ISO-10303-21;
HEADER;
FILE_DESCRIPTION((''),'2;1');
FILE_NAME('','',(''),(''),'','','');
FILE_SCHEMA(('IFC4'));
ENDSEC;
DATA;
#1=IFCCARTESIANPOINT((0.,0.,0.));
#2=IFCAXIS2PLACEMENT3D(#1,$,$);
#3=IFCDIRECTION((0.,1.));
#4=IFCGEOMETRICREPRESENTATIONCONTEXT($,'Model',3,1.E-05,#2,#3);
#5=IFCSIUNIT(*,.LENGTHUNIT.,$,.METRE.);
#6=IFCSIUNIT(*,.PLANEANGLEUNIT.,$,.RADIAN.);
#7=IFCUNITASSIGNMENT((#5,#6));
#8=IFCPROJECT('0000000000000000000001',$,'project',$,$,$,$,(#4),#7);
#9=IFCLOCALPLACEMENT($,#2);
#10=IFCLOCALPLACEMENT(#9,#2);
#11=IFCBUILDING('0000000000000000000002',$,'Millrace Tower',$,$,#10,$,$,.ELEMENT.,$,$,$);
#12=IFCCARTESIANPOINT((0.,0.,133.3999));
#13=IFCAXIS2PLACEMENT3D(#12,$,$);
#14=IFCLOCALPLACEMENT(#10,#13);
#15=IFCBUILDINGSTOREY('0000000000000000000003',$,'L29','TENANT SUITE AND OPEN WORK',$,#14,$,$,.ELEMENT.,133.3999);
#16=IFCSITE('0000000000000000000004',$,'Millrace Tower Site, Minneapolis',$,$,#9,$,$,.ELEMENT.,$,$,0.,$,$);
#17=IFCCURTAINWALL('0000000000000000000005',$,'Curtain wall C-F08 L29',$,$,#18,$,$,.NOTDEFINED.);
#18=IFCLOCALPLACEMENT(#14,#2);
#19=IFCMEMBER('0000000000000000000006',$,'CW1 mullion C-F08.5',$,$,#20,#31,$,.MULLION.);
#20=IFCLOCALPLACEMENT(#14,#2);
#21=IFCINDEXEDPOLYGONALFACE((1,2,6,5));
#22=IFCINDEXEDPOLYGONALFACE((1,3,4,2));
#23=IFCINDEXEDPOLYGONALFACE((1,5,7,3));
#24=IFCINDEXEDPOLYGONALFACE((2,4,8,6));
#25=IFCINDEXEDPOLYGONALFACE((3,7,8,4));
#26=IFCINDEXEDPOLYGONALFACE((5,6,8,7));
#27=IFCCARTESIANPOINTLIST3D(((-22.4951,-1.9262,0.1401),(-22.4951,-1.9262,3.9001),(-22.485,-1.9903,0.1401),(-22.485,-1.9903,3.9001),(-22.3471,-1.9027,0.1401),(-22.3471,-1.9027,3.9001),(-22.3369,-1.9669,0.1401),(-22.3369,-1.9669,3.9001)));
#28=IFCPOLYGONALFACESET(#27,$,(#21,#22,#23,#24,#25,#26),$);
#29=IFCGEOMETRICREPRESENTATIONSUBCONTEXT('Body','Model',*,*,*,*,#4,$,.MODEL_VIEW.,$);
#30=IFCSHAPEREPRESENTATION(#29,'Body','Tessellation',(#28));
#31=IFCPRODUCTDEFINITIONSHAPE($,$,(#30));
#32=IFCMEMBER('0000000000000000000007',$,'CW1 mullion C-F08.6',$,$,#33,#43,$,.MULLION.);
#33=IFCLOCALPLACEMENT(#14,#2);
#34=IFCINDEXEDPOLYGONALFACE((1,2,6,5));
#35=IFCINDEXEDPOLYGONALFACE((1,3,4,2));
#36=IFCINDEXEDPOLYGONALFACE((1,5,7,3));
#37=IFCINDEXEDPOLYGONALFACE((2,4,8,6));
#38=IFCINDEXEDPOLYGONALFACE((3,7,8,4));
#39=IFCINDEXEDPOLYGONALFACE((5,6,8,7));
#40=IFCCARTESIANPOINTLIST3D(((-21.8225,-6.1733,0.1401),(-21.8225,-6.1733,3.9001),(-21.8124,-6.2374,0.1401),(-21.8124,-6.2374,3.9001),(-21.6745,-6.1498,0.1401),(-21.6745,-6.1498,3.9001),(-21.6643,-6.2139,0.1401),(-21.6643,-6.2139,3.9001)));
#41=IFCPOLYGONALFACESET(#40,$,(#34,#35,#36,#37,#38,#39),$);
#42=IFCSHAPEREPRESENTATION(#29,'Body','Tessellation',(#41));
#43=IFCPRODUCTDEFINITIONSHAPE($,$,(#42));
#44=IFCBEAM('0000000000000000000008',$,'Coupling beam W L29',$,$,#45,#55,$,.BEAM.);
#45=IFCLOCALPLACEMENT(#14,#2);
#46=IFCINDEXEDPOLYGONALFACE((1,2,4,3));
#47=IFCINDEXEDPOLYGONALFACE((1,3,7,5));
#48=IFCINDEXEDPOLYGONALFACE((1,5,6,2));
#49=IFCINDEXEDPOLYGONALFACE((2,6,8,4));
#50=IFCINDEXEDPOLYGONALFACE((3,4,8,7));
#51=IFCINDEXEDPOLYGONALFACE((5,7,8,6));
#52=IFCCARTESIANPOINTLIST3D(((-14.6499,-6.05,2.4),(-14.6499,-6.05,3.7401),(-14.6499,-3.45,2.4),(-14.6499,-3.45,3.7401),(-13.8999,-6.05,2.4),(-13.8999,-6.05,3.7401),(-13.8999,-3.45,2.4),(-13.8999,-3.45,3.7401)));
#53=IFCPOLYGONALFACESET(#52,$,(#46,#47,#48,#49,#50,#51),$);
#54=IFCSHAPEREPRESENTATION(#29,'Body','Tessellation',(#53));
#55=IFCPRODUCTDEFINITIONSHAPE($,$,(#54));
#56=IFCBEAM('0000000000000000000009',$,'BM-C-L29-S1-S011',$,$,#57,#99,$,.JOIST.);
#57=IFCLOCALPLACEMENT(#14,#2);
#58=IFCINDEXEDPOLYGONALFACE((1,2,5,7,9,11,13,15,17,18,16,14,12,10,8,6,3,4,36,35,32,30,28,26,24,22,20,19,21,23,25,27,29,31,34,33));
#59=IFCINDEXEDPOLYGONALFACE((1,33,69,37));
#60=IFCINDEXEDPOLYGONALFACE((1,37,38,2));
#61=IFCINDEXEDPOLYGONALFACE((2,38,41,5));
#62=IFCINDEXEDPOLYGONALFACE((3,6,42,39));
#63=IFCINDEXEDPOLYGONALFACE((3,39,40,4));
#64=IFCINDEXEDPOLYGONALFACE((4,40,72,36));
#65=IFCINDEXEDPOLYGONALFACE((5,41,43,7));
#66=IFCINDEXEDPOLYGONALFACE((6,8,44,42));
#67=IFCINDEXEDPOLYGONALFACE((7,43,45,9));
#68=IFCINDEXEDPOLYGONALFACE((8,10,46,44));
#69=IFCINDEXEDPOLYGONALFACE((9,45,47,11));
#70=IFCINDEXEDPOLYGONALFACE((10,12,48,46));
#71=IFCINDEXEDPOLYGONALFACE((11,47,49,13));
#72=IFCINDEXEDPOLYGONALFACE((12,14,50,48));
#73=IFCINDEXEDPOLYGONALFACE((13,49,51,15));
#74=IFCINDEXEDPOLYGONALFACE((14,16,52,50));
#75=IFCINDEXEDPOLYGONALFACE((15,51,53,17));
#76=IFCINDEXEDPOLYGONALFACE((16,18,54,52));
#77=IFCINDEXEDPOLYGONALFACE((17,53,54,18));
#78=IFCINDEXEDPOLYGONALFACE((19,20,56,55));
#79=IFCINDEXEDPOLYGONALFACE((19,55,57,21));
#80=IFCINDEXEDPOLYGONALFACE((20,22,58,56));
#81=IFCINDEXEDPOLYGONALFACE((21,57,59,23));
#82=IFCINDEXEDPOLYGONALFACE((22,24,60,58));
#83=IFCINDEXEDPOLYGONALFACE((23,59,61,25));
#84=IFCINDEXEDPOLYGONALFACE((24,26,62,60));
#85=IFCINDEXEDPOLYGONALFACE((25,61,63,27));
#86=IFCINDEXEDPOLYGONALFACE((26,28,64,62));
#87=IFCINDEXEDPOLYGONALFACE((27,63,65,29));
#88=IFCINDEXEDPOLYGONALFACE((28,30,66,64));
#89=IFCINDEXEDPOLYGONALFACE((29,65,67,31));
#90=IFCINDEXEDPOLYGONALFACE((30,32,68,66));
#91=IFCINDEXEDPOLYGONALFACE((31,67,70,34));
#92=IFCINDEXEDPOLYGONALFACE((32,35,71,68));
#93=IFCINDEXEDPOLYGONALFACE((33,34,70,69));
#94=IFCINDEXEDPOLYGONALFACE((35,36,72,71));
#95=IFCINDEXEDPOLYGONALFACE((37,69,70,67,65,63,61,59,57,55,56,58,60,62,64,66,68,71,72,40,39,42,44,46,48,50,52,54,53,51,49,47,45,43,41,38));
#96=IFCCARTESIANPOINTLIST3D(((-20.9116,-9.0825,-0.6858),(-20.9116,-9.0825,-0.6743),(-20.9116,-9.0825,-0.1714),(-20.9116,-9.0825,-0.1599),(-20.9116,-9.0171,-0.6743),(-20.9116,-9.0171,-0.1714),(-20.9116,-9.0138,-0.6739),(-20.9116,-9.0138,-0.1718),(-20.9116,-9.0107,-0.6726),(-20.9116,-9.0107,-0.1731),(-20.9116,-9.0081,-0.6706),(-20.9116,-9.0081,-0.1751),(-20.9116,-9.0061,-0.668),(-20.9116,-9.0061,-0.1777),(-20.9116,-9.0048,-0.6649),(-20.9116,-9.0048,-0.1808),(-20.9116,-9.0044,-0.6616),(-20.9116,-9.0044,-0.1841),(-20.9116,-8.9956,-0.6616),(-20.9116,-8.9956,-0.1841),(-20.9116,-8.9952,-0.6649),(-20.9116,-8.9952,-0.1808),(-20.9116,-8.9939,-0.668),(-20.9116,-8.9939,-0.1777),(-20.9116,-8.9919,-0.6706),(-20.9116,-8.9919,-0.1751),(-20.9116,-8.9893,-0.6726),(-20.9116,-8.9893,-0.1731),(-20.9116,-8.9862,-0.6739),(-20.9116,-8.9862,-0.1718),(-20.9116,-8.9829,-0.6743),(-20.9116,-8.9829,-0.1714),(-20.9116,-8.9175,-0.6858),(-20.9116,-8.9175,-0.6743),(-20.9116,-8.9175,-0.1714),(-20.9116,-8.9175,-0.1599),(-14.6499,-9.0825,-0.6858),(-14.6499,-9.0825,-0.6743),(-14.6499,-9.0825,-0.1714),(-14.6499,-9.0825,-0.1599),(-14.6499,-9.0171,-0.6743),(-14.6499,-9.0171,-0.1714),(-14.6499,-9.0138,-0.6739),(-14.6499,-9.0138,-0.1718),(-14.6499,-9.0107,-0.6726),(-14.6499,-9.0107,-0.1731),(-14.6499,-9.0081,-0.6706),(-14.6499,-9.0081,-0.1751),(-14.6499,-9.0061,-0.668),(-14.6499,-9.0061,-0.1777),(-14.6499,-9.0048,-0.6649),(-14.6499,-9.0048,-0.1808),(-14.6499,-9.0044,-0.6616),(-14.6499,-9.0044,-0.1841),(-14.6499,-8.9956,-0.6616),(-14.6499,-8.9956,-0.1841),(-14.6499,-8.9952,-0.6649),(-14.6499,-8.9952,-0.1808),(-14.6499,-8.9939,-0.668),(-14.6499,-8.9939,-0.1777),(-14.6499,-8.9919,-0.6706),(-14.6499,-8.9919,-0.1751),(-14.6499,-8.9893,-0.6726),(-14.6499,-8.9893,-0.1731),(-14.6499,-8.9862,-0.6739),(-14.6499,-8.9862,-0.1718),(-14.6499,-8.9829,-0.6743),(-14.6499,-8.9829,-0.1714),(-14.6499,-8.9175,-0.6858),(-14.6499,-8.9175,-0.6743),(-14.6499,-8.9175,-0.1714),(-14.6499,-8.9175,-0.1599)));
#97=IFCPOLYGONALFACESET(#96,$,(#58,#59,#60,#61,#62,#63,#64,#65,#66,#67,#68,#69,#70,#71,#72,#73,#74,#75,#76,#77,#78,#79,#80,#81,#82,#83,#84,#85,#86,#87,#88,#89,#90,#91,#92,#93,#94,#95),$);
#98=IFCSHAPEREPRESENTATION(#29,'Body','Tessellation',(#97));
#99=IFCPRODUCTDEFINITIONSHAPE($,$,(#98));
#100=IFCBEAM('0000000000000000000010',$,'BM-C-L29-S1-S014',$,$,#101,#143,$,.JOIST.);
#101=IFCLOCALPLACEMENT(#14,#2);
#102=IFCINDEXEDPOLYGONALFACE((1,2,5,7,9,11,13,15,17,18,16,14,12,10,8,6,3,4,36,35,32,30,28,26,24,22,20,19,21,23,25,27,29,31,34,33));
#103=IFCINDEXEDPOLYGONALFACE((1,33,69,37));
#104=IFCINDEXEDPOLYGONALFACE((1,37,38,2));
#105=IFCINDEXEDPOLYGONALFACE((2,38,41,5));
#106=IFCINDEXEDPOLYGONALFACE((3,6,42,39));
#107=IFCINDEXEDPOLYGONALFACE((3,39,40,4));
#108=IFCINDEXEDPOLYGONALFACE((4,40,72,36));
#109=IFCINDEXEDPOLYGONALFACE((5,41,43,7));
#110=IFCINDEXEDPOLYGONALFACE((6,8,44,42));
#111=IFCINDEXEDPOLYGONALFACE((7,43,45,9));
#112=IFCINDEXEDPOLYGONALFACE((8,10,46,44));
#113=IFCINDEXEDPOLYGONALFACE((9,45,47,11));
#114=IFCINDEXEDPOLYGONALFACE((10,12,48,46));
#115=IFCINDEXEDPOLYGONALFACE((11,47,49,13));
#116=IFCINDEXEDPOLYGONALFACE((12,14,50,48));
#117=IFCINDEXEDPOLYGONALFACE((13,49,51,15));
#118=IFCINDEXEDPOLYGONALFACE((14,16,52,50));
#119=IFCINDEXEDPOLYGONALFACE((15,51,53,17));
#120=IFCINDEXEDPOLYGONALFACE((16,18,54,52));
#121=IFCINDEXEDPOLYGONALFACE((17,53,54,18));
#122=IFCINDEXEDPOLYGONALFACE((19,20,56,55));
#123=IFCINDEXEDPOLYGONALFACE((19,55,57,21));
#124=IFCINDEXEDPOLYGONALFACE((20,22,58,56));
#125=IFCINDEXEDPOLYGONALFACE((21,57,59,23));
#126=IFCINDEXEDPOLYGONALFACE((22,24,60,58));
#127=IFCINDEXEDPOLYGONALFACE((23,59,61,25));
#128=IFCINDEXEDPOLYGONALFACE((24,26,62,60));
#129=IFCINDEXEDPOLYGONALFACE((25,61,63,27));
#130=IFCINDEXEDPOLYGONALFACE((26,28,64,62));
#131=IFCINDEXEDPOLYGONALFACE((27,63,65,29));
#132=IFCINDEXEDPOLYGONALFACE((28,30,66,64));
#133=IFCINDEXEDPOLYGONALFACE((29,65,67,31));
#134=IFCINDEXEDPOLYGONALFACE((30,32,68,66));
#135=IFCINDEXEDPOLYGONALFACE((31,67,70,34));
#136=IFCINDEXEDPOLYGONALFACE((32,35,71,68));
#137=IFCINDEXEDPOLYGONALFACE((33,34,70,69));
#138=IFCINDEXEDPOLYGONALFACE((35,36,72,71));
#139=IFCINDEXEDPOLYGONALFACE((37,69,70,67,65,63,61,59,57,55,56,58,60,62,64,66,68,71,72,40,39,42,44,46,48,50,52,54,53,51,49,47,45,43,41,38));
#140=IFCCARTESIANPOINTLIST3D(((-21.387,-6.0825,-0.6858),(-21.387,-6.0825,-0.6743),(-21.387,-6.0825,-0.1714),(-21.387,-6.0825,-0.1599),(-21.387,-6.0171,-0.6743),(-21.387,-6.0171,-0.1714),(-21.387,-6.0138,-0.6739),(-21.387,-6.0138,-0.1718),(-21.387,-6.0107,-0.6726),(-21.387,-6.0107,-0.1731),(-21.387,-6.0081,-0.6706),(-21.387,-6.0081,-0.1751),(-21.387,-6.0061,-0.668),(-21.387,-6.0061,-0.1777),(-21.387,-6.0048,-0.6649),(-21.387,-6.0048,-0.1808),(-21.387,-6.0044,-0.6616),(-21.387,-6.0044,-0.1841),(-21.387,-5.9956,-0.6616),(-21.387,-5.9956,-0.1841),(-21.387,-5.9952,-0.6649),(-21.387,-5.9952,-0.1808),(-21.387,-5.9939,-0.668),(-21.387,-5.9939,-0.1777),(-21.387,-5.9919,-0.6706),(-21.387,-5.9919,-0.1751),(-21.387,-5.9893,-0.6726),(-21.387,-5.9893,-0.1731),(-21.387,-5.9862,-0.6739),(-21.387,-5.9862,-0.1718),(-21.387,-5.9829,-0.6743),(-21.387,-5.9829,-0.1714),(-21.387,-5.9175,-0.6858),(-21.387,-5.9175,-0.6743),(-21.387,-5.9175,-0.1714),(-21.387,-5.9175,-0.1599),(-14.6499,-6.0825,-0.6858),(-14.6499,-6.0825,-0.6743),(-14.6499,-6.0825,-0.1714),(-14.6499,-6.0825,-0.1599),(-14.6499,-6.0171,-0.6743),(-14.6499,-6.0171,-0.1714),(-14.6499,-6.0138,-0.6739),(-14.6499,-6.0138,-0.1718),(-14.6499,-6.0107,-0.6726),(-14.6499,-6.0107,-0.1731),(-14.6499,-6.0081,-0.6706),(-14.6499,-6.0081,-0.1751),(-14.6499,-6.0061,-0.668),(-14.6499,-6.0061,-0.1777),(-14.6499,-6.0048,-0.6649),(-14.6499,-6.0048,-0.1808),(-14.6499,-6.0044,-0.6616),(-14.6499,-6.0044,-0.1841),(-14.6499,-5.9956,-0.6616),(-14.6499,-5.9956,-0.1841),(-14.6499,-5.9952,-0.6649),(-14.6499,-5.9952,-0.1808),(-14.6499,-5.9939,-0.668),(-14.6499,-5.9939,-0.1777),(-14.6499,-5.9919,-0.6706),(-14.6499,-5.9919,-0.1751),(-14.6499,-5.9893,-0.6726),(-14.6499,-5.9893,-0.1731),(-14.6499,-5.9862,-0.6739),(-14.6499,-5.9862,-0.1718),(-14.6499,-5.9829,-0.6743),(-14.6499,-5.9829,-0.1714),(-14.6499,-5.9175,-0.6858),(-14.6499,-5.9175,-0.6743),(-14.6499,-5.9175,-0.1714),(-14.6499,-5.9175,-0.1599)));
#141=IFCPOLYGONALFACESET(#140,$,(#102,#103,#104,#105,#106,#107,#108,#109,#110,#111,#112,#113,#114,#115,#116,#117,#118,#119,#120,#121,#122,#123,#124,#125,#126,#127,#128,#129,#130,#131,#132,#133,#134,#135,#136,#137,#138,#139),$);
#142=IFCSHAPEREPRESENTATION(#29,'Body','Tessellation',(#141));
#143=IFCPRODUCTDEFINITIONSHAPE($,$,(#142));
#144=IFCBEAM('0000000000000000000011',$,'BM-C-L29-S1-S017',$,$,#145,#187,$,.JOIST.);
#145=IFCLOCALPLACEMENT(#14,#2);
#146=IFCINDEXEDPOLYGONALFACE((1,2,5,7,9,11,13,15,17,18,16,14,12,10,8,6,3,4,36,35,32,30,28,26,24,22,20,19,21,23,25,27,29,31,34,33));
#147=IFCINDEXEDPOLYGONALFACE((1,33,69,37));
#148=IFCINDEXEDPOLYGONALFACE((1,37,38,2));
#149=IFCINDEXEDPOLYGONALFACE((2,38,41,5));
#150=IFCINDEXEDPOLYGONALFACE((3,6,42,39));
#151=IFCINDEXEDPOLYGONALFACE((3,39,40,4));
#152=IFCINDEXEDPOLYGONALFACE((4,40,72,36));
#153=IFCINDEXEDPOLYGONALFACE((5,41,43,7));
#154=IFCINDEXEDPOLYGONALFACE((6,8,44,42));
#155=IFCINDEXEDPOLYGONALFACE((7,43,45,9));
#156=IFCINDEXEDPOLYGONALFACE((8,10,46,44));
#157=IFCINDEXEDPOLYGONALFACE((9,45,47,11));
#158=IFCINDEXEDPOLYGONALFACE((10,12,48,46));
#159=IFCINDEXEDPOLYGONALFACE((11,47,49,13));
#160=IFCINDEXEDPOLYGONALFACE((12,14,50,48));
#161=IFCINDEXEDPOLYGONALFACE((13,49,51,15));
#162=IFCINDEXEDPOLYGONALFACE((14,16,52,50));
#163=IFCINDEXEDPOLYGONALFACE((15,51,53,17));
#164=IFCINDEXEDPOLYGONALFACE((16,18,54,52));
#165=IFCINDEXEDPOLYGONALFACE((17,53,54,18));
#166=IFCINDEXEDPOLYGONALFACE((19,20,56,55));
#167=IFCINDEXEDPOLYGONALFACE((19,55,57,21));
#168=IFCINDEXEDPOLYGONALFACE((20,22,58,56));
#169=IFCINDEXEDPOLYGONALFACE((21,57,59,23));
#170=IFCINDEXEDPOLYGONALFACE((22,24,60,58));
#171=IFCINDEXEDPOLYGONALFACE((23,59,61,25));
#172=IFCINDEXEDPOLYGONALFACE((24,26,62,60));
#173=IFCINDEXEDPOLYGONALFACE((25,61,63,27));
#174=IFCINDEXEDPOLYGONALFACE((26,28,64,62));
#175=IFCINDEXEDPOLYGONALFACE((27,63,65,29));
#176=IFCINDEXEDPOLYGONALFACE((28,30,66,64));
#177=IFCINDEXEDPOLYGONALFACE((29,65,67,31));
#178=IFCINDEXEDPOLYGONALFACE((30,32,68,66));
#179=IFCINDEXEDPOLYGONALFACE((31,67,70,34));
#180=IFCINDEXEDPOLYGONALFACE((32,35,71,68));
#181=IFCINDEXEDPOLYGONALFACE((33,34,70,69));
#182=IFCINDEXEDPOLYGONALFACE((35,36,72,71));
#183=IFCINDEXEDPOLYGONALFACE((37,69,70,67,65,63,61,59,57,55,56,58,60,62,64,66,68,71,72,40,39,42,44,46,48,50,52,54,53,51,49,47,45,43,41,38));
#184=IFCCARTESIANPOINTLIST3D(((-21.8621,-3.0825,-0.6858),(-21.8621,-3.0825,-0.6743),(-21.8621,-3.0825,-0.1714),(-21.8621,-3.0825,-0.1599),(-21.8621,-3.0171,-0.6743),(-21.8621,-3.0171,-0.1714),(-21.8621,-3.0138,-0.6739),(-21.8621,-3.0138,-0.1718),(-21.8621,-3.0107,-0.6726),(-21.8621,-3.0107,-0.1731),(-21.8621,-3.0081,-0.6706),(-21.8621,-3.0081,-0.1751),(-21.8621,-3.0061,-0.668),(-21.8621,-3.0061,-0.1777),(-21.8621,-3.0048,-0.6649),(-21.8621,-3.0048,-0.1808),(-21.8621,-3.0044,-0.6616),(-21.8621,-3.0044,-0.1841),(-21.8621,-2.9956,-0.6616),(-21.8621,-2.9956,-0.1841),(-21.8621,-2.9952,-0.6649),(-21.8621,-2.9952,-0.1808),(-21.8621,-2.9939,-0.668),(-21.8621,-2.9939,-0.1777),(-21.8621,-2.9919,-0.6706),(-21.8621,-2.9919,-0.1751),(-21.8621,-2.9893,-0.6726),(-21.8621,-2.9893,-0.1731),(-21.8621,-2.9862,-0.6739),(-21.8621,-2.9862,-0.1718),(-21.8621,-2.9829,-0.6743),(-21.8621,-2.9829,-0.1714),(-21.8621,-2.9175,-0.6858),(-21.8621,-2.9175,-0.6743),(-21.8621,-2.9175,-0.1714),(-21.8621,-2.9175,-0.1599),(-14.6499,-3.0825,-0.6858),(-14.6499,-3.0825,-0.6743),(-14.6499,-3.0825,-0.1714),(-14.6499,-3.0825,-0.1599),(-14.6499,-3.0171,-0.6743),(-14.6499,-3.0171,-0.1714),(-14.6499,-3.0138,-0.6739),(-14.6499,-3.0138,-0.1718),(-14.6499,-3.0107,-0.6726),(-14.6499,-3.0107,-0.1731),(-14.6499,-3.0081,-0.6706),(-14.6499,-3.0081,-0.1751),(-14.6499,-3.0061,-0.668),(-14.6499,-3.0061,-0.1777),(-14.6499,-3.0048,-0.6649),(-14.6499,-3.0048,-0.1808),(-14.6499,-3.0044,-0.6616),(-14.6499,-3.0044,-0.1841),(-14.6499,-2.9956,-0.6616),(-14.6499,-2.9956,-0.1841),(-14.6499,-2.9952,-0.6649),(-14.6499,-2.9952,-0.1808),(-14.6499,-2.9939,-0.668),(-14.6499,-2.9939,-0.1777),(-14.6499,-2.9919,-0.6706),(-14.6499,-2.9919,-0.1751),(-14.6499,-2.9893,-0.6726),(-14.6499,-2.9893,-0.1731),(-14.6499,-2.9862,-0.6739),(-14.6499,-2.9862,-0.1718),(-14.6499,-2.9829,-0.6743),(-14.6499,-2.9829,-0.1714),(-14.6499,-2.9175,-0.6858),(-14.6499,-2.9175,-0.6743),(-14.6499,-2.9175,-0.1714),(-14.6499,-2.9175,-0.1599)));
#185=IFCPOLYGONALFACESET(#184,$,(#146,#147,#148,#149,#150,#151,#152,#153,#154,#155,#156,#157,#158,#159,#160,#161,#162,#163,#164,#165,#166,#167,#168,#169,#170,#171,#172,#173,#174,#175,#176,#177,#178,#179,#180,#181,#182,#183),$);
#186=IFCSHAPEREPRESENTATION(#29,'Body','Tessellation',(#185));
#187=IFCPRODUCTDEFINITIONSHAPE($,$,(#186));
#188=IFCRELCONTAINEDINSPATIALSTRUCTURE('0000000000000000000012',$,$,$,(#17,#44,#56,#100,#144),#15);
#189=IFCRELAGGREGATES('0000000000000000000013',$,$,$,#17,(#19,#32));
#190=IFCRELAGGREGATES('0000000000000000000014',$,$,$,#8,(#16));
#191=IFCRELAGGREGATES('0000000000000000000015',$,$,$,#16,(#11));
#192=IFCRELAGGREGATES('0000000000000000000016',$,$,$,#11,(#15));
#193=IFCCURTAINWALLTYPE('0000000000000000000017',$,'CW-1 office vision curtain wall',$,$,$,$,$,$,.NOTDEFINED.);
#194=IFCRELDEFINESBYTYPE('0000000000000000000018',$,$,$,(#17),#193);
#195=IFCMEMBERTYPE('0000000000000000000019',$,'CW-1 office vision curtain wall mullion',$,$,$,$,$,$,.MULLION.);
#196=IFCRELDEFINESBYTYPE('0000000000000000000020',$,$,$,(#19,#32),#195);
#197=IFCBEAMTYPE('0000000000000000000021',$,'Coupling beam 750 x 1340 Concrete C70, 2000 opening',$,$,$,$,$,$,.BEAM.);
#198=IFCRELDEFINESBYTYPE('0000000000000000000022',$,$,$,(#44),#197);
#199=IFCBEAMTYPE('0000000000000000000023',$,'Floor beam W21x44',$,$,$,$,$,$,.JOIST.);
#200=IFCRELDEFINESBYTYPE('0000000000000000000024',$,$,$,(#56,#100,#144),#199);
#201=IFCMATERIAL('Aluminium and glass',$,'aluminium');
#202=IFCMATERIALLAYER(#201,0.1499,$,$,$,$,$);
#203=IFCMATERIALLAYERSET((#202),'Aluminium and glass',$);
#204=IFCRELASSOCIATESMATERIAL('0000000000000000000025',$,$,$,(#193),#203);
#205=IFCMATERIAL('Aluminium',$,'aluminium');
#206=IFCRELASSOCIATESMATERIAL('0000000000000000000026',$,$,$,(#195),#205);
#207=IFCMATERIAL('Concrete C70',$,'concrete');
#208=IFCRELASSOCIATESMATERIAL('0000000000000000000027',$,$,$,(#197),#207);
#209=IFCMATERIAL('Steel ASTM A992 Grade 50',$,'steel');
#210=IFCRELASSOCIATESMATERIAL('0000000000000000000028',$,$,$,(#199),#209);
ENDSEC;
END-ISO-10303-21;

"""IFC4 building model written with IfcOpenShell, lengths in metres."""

from ifc_helpers import new_model, si_unit, direction, frame, origin, origin_2d, place, context, subcontext, project, spatial, rectangle, i_section, extrude, material, layer, layer_set, material_profile, profile_set, type_object, element, aggregate, save


model = new_model("IFC4")

# Units and contexts
model_context = context("Model", 3, precision=1e-05, world=origin(), true_north=direction((0.0, 1.0)))
body_context = subcontext(model_context, "Body", "Model", "MODEL_VIEW")
ifc_project = project(units=[si_unit("LENGTHUNIT", "METRE"), si_unit("PLANEANGLEUNIT", "RADIAN")], contexts=[model_context])

# Site, building, storey
site_placement = place(None, origin())
site = spatial("IfcSite", under=ifc_project, at=site_placement, Name="Millrace Tower Site, Minneapolis", CompositionType="ELEMENT", RefElevation=0.0)
building_placement = place(site_placement, origin())
building = spatial("IfcBuilding", under=site, at=building_placement, Name="Millrace Tower", CompositionType="ELEMENT")
storey_placement = place(building_placement, frame((0.0, 0.0, 133.3999)))
storey = spatial("IfcBuildingStorey", under=building, at=storey_placement, Name="L29", Description="TENANT SUITE AND OPEN WORK", CompositionType="ELEMENT", Elevation=133.3999)

# Curtain wall, members
ifc_material_1 = material(Name="Aluminium and glass", Category="aluminium")
ifc_layer_1 = layer(ifc_material_1, 0.1499)
ifc_layer_set_1 = layer_set([ifc_layer_1], Name="Aluminium and glass")
curtain_wall_type = type_object("IfcCurtainWallType", Name="CW-1 office vision curtain wall", PredefinedType="NOTDEFINED", material=ifc_layer_set_1)
curtain_wall_placement = place(storey_placement, origin())
curtain_wall = element("IfcCurtainWall", 1, at=curtain_wall_placement, inside=storey, type_object=curtain_wall_type, Name="Curtain wall C-F08 L29", PredefinedType="NOTDEFINED")
ifc_material_2 = material(Name="Aluminium", Category="aluminium")
ifc_material_profile_1 = material_profile(ifc_material_2, rectangle(XDim=0.0649, YDim=0.1499, at=origin_2d()))
ifc_profile_set_1 = profile_set([ifc_material_profile_1], Name="Aluminium")
member_type = type_object("IfcMemberType", Name="CW-1 office vision curtain wall mullion", PredefinedType="MULLION", material=ifc_profile_set_1)
member_1_placement = place(storey_placement, frame((-22.416, -1.9465, 0.1401), z_axis=(0.0, 0.0, 1.0), x_axis=(0.156434, -0.987688, 0.0)))
member_1 = element("IfcMember", 2, at=member_1_placement, type_object=member_type, Name="CW1 mullion C-F08.5", PredefinedType="MULLION", context=body_context, shape_type="SweptSolid", body=[
    extrude(rectangle(XDim=0.0649, YDim=0.1499, at=origin_2d()), origin(), (0.0, 0.0, 1.0), 3.76),
])
member_2_placement = place(storey_placement, frame((-21.7434, -6.1936, 0.1401), z_axis=(0.0, 0.0, 1.0), x_axis=(0.156434, -0.987688, 0.0)))
member_2 = element("IfcMember", 3, at=member_2_placement, type_object=member_type, Name="CW1 mullion C-F08.6", PredefinedType="MULLION", context=body_context, shape_type="SweptSolid", body=[
    extrude(rectangle(XDim=0.0649, YDim=0.1499, at=origin_2d()), origin(), (0.0, 0.0, 1.0), 3.76),
])
aggregate(curtain_wall, [member_1, member_2])

# Beams
ifc_material_3 = material(Name="Concrete C70", Category="concrete")
ifc_material_profile_2 = material_profile(ifc_material_3, rectangle(XDim=0.75, YDim=1.3401, at=origin_2d()))
ifc_profile_set_2 = profile_set([ifc_material_profile_2], Name="Concrete C70")
beam_type_1 = type_object("IfcBeamType", Name="Coupling beam 750 x 1340 Concrete C70, 2000 opening", PredefinedType="BEAM", material=ifc_profile_set_2)
beam_1_placement = place(storey_placement, frame((-14.2749, -6.05, 3.0701), z_axis=(0.0, 1.0, 0.0), x_axis=(-1.0, 0.0, 0.0)))
element("IfcBeam", 4, at=beam_1_placement, inside=storey, type_object=beam_type_1, Name="Coupling beam W L29", PredefinedType="BEAM", context=body_context, shape_type="SweptSolid", body=[
    extrude(rectangle(XDim=0.75, YDim=1.3401, at=origin_2d()), origin(), (0.0, 0.0, 1.0), 2.6001),
])
ifc_material_4 = material(Name="Steel ASTM A992 Grade 50", Category="steel")
ifc_material_profile_3 = material_profile(ifc_material_4, i_section(OverallWidth=0.165, OverallDepth=0.5259, WebThickness=0.0088, FlangeThickness=0.0115, FilletRadius=0.0127, at=origin_2d()))
ifc_profile_set_3 = profile_set([ifc_material_profile_3], Name="Steel ASTM A992 Grade 50")
beam_type_2 = type_object("IfcBeamType", Name="Floor beam W21x44", PredefinedType="JOIST", material=ifc_profile_set_3)
beam_2_placement = place(storey_placement, frame((-20.9116, -9.0, -0.4229), z_axis=(1.0, 0.0, 0.0), x_axis=(0.0, 1.0, 0.0)))
element("IfcBeam", 5, at=beam_2_placement, inside=storey, type_object=beam_type_2, Name="BM-C-L29-S1-S011", PredefinedType="JOIST", context=body_context, shape_type="SweptSolid", body=[
    extrude(i_section(OverallWidth=0.165, OverallDepth=0.5259, WebThickness=0.0088, FlangeThickness=0.0115, FilletRadius=0.0127, at=origin_2d()), origin(), (0.0, 0.0, 1.0), 6.2617),
])
beam_3_placement = place(storey_placement, frame((-21.387, -6.0, -0.4229), z_axis=(1.0, 0.0, 0.0), x_axis=(0.0, 1.0, 0.0)))
element("IfcBeam", 6, at=beam_3_placement, inside=storey, type_object=beam_type_2, Name="BM-C-L29-S1-S014", PredefinedType="JOIST", context=body_context, shape_type="SweptSolid", body=[
    extrude(i_section(OverallWidth=0.165, OverallDepth=0.5259, WebThickness=0.0088, FlangeThickness=0.0115, FilletRadius=0.0127, at=origin_2d()), origin(), (0.0, 0.0, 1.0), 6.7371),
])
beam_4_placement = place(storey_placement, frame((-21.8621, -3.0, -0.4229), z_axis=(1.0, 0.0, 0.0), x_axis=(0.0, 1.0, 0.0)))
element("IfcBeam", 7, at=beam_4_placement, inside=storey, type_object=beam_type_2, Name="BM-C-L29-S1-S017", PredefinedType="JOIST", context=body_context, shape_type="SweptSolid", body=[
    extrude(i_section(OverallWidth=0.165, OverallDepth=0.5259, WebThickness=0.0088, FlangeThickness=0.0115, FilletRadius=0.0127, at=origin_2d()), origin(), (0.0, 0.0, 1.0), 7.2122),
])

save(model, "model.ifc")
